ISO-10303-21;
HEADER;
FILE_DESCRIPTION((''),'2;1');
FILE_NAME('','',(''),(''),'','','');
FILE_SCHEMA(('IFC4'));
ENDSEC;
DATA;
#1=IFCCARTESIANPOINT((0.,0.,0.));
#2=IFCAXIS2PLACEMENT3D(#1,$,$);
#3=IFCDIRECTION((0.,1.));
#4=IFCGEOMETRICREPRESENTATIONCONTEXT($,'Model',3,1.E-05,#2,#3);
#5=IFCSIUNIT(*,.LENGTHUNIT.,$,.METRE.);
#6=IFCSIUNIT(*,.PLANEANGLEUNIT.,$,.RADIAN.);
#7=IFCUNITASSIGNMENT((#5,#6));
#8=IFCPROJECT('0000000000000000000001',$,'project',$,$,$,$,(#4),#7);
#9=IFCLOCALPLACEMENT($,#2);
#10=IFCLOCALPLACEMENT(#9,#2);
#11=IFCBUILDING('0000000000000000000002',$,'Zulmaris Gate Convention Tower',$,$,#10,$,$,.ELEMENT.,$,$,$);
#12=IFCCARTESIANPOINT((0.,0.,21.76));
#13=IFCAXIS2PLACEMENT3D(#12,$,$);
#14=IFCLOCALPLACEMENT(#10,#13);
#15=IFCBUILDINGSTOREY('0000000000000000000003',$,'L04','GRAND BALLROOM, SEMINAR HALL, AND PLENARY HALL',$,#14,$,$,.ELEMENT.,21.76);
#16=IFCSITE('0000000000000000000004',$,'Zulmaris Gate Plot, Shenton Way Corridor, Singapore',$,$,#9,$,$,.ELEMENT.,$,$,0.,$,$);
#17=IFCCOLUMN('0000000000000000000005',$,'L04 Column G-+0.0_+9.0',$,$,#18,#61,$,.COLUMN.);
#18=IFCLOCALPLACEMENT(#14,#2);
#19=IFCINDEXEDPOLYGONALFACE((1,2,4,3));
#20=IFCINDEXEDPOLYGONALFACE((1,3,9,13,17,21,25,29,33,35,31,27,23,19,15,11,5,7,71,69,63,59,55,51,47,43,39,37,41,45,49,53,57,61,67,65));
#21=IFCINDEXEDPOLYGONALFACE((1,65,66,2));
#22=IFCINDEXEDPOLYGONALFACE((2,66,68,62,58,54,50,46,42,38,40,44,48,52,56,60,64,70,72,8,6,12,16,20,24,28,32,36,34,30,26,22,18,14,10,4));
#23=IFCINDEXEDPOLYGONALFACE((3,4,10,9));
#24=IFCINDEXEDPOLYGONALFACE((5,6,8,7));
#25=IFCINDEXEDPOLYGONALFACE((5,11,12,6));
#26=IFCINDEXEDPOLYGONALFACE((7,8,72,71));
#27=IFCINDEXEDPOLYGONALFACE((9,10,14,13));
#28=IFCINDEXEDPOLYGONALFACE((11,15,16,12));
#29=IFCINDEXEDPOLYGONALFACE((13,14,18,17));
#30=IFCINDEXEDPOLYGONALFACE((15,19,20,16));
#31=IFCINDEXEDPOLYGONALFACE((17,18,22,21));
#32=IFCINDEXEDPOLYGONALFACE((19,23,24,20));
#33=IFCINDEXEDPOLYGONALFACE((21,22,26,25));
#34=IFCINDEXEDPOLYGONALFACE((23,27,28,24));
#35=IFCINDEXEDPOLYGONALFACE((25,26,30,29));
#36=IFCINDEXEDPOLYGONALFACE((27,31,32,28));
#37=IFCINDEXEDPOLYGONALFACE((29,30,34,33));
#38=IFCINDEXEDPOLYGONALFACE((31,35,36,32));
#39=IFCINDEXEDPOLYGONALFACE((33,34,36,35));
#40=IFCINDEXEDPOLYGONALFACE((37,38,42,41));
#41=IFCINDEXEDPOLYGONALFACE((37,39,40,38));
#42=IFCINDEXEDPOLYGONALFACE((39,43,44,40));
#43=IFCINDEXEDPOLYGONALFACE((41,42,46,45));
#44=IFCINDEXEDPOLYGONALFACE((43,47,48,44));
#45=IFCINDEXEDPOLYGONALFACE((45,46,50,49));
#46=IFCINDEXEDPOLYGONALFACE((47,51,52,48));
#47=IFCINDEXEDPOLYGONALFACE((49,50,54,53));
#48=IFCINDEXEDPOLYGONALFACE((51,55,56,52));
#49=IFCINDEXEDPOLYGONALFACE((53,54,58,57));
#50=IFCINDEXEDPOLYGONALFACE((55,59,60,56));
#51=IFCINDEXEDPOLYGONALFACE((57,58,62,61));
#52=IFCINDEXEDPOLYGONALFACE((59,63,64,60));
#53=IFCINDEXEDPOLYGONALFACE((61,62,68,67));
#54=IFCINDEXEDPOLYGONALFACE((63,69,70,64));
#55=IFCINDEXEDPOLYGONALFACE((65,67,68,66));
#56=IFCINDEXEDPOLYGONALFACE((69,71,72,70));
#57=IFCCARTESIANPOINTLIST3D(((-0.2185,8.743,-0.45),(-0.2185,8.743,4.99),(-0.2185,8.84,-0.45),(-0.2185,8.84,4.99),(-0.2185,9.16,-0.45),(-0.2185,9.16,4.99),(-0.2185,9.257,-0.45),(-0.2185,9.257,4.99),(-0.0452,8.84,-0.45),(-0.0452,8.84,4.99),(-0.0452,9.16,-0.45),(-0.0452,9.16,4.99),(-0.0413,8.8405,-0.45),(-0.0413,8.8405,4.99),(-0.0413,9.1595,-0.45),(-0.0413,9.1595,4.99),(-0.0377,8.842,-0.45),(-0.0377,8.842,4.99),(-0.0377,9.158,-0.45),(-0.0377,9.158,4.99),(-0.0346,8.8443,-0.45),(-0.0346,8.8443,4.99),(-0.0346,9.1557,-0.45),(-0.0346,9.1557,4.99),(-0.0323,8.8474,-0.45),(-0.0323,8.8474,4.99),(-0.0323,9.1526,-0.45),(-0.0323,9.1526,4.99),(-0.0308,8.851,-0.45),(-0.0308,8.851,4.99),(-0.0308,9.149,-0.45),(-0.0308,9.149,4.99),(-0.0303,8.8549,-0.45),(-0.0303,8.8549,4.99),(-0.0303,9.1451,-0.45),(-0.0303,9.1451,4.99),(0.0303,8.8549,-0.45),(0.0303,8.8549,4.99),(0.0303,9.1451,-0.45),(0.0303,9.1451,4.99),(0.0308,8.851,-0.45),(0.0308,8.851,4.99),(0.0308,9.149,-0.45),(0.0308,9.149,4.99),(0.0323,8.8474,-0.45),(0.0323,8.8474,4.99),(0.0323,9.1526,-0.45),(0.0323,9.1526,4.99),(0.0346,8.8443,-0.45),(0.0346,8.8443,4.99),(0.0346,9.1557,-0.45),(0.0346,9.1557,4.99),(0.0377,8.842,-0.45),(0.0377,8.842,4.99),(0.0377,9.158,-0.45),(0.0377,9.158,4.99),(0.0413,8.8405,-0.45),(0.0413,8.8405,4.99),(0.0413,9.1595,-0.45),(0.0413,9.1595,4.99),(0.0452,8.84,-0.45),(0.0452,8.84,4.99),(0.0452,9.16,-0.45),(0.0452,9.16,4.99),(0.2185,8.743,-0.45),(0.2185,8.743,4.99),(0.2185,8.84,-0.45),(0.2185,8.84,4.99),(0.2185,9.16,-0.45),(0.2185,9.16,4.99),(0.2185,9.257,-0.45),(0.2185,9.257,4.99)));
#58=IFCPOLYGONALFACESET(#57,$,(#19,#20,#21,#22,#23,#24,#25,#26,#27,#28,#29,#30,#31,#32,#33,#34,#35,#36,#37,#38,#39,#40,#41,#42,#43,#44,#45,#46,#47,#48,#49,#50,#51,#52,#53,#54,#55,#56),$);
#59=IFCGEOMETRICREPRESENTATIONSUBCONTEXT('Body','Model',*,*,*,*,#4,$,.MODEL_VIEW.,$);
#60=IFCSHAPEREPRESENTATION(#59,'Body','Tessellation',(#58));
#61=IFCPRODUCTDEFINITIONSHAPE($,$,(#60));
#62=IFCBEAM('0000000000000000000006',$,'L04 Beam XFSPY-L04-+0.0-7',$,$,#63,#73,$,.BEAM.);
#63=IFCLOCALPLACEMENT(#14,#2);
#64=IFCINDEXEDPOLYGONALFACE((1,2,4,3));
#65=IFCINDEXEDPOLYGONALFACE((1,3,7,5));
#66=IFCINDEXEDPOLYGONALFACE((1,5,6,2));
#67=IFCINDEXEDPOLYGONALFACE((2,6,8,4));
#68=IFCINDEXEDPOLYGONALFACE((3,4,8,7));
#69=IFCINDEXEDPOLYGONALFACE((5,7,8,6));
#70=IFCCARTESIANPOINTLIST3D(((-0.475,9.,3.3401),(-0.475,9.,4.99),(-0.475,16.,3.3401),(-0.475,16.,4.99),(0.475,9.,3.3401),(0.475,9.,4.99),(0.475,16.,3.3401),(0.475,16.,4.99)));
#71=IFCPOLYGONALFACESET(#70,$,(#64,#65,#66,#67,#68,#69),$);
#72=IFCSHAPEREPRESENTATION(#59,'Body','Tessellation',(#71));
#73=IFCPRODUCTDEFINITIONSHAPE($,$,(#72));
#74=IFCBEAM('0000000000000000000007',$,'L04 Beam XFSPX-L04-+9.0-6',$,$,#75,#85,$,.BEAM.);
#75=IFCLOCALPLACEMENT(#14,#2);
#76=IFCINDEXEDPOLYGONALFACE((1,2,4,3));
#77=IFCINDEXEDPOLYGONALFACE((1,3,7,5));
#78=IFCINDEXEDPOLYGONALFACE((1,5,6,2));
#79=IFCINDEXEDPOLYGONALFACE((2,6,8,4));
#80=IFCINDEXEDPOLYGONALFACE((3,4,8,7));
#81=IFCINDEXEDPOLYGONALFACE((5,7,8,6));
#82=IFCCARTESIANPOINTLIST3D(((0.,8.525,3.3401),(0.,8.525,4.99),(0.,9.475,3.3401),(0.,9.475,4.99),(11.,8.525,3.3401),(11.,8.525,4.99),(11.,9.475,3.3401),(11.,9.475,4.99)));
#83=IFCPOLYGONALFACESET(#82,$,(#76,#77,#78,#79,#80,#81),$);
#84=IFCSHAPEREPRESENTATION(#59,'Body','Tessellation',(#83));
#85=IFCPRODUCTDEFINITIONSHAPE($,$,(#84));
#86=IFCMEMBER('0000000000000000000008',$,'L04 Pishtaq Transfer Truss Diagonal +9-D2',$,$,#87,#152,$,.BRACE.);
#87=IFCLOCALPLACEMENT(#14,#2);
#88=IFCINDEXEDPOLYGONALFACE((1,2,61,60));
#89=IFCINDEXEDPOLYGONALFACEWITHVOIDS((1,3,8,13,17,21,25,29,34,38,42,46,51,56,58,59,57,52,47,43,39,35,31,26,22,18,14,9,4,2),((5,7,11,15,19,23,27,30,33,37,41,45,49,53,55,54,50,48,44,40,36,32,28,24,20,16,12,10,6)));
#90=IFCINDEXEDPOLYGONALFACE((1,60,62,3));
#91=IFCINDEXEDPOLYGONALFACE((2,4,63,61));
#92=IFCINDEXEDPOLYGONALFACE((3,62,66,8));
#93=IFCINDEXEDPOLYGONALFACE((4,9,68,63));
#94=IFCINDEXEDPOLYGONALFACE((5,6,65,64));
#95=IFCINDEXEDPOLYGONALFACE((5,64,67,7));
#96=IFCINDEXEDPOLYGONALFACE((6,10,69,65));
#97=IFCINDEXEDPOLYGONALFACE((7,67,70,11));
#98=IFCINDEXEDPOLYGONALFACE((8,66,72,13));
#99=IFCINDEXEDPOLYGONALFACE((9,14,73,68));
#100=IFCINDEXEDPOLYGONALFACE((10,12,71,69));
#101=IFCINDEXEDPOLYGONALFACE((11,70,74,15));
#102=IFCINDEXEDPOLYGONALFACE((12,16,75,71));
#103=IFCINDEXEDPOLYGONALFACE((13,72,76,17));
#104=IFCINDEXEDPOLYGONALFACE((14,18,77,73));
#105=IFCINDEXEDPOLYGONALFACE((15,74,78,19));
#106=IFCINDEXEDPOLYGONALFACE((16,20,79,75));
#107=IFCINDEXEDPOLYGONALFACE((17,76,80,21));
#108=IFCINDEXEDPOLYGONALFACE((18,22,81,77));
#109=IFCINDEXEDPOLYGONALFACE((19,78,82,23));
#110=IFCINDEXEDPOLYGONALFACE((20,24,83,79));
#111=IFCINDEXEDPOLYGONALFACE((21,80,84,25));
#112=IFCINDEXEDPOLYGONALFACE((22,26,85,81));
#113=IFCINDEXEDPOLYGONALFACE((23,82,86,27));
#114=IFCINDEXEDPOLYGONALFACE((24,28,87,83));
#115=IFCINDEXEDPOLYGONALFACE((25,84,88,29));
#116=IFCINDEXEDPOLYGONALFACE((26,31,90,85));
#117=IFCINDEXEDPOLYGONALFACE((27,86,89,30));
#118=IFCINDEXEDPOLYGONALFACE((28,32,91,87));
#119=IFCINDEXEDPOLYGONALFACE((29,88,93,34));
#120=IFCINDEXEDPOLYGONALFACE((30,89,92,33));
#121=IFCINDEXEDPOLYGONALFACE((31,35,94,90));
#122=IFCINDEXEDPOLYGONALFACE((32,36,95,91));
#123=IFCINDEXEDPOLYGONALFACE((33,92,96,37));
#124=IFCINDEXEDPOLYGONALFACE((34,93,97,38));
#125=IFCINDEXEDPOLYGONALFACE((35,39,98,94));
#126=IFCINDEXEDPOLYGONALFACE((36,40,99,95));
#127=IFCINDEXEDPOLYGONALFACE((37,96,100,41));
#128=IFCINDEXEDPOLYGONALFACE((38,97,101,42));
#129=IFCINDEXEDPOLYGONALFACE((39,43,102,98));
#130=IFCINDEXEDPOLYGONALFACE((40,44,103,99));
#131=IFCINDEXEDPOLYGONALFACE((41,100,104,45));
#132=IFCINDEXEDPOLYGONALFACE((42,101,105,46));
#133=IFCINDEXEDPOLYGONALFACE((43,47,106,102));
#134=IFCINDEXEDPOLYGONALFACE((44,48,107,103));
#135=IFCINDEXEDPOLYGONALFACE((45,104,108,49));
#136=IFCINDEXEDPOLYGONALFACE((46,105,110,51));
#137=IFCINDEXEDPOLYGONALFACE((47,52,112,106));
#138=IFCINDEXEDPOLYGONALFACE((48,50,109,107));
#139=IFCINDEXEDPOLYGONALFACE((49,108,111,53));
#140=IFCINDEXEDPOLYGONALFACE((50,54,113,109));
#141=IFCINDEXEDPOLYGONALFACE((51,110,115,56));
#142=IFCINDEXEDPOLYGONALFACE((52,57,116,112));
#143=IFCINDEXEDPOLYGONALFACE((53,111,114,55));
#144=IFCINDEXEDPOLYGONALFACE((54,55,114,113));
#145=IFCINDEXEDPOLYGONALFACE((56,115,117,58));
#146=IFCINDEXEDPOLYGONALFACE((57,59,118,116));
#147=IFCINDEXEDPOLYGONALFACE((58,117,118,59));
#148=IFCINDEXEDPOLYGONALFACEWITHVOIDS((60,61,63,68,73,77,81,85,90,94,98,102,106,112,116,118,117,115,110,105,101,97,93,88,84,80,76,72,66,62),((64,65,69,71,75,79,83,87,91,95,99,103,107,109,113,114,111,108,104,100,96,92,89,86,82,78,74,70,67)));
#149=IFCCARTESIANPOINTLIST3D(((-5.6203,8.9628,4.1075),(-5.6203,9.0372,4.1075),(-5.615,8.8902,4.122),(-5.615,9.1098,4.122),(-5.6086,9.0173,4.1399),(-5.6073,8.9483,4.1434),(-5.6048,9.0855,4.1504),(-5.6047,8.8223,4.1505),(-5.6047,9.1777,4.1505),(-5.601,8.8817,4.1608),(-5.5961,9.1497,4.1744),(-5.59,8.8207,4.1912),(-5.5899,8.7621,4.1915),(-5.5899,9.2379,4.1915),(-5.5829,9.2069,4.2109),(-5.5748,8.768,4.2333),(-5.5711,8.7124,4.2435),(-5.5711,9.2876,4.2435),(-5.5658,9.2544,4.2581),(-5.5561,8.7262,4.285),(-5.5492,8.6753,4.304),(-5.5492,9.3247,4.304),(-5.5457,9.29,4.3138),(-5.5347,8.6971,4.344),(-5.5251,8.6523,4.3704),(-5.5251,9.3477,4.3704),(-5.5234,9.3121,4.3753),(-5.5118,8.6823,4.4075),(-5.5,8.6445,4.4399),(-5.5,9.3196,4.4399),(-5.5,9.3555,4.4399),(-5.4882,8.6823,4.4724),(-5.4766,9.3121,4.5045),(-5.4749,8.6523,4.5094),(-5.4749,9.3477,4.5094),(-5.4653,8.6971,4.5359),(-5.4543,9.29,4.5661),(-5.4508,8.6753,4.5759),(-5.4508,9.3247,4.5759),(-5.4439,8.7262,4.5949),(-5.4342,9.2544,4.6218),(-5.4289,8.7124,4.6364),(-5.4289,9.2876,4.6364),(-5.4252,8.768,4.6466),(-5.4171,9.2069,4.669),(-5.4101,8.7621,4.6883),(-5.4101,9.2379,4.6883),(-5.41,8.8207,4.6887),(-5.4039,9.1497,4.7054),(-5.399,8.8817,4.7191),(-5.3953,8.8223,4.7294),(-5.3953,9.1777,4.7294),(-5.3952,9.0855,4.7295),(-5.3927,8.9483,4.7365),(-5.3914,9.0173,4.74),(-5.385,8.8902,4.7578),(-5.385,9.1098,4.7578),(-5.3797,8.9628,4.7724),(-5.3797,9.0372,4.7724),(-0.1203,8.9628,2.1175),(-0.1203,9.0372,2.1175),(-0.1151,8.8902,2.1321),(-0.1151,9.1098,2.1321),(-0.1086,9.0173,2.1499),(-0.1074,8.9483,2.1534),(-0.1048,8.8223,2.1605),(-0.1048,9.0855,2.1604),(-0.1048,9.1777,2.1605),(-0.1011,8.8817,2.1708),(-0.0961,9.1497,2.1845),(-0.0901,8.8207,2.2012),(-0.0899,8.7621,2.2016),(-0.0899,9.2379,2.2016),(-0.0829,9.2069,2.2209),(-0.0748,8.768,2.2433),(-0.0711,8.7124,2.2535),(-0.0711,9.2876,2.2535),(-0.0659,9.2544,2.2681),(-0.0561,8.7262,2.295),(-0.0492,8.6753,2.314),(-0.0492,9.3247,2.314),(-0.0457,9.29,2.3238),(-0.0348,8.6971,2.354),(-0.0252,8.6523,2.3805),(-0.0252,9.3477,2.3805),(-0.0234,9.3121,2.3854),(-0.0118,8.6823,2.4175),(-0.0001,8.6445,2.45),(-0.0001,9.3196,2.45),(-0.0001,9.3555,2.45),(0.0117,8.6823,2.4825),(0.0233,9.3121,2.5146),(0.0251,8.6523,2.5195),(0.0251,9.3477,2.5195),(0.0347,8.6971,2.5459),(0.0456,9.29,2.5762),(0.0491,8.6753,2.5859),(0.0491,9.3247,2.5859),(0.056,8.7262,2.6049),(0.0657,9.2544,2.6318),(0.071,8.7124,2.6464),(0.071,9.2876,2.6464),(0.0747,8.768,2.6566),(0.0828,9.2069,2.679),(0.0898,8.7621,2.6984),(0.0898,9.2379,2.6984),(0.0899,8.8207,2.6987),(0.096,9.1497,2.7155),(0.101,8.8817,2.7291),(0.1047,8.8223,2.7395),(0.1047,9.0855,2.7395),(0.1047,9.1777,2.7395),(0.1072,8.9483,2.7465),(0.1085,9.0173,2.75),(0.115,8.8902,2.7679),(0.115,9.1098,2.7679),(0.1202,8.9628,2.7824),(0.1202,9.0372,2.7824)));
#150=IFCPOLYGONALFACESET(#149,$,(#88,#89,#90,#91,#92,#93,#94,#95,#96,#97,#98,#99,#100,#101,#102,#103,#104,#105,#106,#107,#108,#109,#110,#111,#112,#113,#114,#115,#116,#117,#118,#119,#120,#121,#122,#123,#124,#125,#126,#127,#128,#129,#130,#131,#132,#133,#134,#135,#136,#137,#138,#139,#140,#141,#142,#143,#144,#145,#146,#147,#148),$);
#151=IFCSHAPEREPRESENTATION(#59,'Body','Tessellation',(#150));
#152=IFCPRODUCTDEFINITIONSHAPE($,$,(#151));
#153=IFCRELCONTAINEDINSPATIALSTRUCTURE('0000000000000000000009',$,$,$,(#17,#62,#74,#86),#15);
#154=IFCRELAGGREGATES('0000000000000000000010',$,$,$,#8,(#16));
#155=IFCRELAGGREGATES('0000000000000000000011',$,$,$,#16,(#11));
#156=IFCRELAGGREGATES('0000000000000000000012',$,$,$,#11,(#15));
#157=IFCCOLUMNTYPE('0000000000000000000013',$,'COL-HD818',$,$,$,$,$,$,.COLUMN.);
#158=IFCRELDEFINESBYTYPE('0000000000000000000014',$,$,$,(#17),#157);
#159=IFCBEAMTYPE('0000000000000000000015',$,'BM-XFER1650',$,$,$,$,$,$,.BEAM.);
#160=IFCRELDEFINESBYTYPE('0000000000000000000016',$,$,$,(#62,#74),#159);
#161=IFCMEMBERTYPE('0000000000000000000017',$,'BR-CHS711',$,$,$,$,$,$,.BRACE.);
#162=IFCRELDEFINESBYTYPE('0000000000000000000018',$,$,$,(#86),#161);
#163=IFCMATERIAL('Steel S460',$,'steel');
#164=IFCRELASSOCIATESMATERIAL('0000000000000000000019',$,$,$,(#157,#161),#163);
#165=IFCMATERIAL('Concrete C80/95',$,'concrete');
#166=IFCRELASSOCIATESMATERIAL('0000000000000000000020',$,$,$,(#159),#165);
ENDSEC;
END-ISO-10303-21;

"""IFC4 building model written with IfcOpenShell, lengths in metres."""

from ifc_helpers import new_model, si_unit, direction, frame, origin, origin_2d, place, context, subcontext, project, spatial, rectangle, hollow_circle, i_section, extrude, material, material_profile, profile_set, type_object, element, save


model = new_model("IFC4")

# Units and contexts
model_context = context("Model", 3, precision=1e-05, world=origin(), true_north=direction((0.0, 1.0)))
body_context = subcontext(model_context, "Body", "Model", "MODEL_VIEW")
ifc_project = project(units=[si_unit("LENGTHUNIT", "METRE"), si_unit("PLANEANGLEUNIT", "RADIAN")], contexts=[model_context])

# Site, building, storey
site_placement = place(None, origin())
site = spatial("IfcSite", under=ifc_project, at=site_placement, Name="Zulmaris Gate Plot, Shenton Way Corridor, Singapore", CompositionType="ELEMENT", RefElevation=0.0)
building_placement = place(site_placement, origin())
building = spatial("IfcBuilding", under=site, at=building_placement, Name="Zulmaris Gate Convention Tower", CompositionType="ELEMENT")
storey_placement = place(building_placement, frame((0.0, 0.0, 21.76)))
storey = spatial("IfcBuildingStorey", under=building, at=storey_placement, Name="L04", Description="GRAND BALLROOM, SEMINAR HALL, AND PLENARY HALL", CompositionType="ELEMENT", Elevation=21.76)

# Column
ifc_material_1 = material(Name="Steel S460", Category="steel")
ifc_material_profile_1 = material_profile(ifc_material_1, i_section(OverallWidth=0.437, OverallDepth=0.5139, WebThickness=0.0605, FlangeThickness=0.0969, FilletRadius=0.0149, at=origin_2d()), Name="HD 400x818")
ifc_profile_set_1 = profile_set([ifc_material_profile_1], Name="Steel S460")
column_type = type_object("IfcColumnType", Name="COL-HD818", PredefinedType="COLUMN", material=ifc_profile_set_1)
column_placement = place(storey_placement, frame((0.0, 9.0, -0.45), z_axis=(0.0, 0.0, 1.0), x_axis=(1.0, 0.0, 0.0)))
element("IfcColumn", 1, at=column_placement, inside=storey, type_object=column_type, Name="L04 Column G-+0.0_+9.0", PredefinedType="COLUMN", context=body_context, shape_type="SweptSolid", body=[
    extrude(i_section(OverallWidth=0.437, OverallDepth=0.5139, WebThickness=0.0605, FlangeThickness=0.0969, FilletRadius=0.0149, at=origin_2d()), origin(), (0.0, 0.0, 1.0), 5.4399),
])

# Beams
ifc_material_2 = material(Name="Concrete C80/95", Category="concrete")
ifc_material_profile_2 = material_profile(ifc_material_2, rectangle(XDim=0.95, YDim=1.6499, at=origin_2d()), Name="RC TRANSFER 950x1650")
ifc_profile_set_2 = profile_set([ifc_material_profile_2], Name="Concrete C80/95")
beam_type = type_object("IfcBeamType", Name="BM-XFER1650", PredefinedType="BEAM", material=ifc_profile_set_2)
beam_1_placement = place(storey_placement, frame((0.0, 9.0, 4.165), z_axis=(0.0, 1.0, 0.0), x_axis=(-1.0, 0.0, 0.0)))
element("IfcBeam", 2, at=beam_1_placement, inside=storey, type_object=beam_type, Name="L04 Beam XFSPY-L04-+0.0-7", PredefinedType="BEAM", context=body_context, shape_type="SweptSolid", body=[
    extrude(rectangle(XDim=0.95, YDim=1.6499, at=origin_2d()), origin(), (0.0, 0.0, 1.0), 7.0),
])
beam_2_placement = place(storey_placement, frame((0.0, 9.0, 4.165), z_axis=(1.0, 0.0, 0.0), x_axis=(0.0, 1.0, 0.0)))
element("IfcBeam", 3, at=beam_2_placement, inside=storey, type_object=beam_type, Name="L04 Beam XFSPX-L04-+9.0-6", PredefinedType="BEAM", context=body_context, shape_type="SweptSolid", body=[
    extrude(rectangle(XDim=0.95, YDim=1.6499, at=origin_2d()), origin(), (0.0, 0.0, 1.0), 11.0),
])

# Member
ifc_material_profile_3 = material_profile(ifc_material_1, hollow_circle(Radius=0.3555, WallThickness=0.0359, at=origin_2d()), Name="CHS 711x36")
ifc_profile_set_3 = profile_set([ifc_material_profile_3], Name="Steel S460")
member_type_1 = type_object("IfcMemberType", Name="BR-CHS711", PredefinedType="BRACE", material=ifc_profile_set_3)
for number, where, z_axis, x_axis, name in (
    (4, (-5.5, 9.0, 4.4399), (0.940342, 0.0, -0.340231), (0.0, 1.0, 0.0), "L04 Pishtaq Transfer Truss Diagonal +9-D2"),
):
    element("IfcMember", number, at=place(storey_placement, frame(where, z_axis=z_axis, x_axis=x_axis)), inside=storey, type_object=member_type_1, Name=name, PredefinedType="BRACE", context=body_context, shape_type="SweptSolid", body=[
        extrude(hollow_circle(Radius=0.3555, WallThickness=0.0359, at=origin_2d()), origin(), (0.0, 0.0, 1.0), 5.8489),
    ])

save(model, "model.ifc")
